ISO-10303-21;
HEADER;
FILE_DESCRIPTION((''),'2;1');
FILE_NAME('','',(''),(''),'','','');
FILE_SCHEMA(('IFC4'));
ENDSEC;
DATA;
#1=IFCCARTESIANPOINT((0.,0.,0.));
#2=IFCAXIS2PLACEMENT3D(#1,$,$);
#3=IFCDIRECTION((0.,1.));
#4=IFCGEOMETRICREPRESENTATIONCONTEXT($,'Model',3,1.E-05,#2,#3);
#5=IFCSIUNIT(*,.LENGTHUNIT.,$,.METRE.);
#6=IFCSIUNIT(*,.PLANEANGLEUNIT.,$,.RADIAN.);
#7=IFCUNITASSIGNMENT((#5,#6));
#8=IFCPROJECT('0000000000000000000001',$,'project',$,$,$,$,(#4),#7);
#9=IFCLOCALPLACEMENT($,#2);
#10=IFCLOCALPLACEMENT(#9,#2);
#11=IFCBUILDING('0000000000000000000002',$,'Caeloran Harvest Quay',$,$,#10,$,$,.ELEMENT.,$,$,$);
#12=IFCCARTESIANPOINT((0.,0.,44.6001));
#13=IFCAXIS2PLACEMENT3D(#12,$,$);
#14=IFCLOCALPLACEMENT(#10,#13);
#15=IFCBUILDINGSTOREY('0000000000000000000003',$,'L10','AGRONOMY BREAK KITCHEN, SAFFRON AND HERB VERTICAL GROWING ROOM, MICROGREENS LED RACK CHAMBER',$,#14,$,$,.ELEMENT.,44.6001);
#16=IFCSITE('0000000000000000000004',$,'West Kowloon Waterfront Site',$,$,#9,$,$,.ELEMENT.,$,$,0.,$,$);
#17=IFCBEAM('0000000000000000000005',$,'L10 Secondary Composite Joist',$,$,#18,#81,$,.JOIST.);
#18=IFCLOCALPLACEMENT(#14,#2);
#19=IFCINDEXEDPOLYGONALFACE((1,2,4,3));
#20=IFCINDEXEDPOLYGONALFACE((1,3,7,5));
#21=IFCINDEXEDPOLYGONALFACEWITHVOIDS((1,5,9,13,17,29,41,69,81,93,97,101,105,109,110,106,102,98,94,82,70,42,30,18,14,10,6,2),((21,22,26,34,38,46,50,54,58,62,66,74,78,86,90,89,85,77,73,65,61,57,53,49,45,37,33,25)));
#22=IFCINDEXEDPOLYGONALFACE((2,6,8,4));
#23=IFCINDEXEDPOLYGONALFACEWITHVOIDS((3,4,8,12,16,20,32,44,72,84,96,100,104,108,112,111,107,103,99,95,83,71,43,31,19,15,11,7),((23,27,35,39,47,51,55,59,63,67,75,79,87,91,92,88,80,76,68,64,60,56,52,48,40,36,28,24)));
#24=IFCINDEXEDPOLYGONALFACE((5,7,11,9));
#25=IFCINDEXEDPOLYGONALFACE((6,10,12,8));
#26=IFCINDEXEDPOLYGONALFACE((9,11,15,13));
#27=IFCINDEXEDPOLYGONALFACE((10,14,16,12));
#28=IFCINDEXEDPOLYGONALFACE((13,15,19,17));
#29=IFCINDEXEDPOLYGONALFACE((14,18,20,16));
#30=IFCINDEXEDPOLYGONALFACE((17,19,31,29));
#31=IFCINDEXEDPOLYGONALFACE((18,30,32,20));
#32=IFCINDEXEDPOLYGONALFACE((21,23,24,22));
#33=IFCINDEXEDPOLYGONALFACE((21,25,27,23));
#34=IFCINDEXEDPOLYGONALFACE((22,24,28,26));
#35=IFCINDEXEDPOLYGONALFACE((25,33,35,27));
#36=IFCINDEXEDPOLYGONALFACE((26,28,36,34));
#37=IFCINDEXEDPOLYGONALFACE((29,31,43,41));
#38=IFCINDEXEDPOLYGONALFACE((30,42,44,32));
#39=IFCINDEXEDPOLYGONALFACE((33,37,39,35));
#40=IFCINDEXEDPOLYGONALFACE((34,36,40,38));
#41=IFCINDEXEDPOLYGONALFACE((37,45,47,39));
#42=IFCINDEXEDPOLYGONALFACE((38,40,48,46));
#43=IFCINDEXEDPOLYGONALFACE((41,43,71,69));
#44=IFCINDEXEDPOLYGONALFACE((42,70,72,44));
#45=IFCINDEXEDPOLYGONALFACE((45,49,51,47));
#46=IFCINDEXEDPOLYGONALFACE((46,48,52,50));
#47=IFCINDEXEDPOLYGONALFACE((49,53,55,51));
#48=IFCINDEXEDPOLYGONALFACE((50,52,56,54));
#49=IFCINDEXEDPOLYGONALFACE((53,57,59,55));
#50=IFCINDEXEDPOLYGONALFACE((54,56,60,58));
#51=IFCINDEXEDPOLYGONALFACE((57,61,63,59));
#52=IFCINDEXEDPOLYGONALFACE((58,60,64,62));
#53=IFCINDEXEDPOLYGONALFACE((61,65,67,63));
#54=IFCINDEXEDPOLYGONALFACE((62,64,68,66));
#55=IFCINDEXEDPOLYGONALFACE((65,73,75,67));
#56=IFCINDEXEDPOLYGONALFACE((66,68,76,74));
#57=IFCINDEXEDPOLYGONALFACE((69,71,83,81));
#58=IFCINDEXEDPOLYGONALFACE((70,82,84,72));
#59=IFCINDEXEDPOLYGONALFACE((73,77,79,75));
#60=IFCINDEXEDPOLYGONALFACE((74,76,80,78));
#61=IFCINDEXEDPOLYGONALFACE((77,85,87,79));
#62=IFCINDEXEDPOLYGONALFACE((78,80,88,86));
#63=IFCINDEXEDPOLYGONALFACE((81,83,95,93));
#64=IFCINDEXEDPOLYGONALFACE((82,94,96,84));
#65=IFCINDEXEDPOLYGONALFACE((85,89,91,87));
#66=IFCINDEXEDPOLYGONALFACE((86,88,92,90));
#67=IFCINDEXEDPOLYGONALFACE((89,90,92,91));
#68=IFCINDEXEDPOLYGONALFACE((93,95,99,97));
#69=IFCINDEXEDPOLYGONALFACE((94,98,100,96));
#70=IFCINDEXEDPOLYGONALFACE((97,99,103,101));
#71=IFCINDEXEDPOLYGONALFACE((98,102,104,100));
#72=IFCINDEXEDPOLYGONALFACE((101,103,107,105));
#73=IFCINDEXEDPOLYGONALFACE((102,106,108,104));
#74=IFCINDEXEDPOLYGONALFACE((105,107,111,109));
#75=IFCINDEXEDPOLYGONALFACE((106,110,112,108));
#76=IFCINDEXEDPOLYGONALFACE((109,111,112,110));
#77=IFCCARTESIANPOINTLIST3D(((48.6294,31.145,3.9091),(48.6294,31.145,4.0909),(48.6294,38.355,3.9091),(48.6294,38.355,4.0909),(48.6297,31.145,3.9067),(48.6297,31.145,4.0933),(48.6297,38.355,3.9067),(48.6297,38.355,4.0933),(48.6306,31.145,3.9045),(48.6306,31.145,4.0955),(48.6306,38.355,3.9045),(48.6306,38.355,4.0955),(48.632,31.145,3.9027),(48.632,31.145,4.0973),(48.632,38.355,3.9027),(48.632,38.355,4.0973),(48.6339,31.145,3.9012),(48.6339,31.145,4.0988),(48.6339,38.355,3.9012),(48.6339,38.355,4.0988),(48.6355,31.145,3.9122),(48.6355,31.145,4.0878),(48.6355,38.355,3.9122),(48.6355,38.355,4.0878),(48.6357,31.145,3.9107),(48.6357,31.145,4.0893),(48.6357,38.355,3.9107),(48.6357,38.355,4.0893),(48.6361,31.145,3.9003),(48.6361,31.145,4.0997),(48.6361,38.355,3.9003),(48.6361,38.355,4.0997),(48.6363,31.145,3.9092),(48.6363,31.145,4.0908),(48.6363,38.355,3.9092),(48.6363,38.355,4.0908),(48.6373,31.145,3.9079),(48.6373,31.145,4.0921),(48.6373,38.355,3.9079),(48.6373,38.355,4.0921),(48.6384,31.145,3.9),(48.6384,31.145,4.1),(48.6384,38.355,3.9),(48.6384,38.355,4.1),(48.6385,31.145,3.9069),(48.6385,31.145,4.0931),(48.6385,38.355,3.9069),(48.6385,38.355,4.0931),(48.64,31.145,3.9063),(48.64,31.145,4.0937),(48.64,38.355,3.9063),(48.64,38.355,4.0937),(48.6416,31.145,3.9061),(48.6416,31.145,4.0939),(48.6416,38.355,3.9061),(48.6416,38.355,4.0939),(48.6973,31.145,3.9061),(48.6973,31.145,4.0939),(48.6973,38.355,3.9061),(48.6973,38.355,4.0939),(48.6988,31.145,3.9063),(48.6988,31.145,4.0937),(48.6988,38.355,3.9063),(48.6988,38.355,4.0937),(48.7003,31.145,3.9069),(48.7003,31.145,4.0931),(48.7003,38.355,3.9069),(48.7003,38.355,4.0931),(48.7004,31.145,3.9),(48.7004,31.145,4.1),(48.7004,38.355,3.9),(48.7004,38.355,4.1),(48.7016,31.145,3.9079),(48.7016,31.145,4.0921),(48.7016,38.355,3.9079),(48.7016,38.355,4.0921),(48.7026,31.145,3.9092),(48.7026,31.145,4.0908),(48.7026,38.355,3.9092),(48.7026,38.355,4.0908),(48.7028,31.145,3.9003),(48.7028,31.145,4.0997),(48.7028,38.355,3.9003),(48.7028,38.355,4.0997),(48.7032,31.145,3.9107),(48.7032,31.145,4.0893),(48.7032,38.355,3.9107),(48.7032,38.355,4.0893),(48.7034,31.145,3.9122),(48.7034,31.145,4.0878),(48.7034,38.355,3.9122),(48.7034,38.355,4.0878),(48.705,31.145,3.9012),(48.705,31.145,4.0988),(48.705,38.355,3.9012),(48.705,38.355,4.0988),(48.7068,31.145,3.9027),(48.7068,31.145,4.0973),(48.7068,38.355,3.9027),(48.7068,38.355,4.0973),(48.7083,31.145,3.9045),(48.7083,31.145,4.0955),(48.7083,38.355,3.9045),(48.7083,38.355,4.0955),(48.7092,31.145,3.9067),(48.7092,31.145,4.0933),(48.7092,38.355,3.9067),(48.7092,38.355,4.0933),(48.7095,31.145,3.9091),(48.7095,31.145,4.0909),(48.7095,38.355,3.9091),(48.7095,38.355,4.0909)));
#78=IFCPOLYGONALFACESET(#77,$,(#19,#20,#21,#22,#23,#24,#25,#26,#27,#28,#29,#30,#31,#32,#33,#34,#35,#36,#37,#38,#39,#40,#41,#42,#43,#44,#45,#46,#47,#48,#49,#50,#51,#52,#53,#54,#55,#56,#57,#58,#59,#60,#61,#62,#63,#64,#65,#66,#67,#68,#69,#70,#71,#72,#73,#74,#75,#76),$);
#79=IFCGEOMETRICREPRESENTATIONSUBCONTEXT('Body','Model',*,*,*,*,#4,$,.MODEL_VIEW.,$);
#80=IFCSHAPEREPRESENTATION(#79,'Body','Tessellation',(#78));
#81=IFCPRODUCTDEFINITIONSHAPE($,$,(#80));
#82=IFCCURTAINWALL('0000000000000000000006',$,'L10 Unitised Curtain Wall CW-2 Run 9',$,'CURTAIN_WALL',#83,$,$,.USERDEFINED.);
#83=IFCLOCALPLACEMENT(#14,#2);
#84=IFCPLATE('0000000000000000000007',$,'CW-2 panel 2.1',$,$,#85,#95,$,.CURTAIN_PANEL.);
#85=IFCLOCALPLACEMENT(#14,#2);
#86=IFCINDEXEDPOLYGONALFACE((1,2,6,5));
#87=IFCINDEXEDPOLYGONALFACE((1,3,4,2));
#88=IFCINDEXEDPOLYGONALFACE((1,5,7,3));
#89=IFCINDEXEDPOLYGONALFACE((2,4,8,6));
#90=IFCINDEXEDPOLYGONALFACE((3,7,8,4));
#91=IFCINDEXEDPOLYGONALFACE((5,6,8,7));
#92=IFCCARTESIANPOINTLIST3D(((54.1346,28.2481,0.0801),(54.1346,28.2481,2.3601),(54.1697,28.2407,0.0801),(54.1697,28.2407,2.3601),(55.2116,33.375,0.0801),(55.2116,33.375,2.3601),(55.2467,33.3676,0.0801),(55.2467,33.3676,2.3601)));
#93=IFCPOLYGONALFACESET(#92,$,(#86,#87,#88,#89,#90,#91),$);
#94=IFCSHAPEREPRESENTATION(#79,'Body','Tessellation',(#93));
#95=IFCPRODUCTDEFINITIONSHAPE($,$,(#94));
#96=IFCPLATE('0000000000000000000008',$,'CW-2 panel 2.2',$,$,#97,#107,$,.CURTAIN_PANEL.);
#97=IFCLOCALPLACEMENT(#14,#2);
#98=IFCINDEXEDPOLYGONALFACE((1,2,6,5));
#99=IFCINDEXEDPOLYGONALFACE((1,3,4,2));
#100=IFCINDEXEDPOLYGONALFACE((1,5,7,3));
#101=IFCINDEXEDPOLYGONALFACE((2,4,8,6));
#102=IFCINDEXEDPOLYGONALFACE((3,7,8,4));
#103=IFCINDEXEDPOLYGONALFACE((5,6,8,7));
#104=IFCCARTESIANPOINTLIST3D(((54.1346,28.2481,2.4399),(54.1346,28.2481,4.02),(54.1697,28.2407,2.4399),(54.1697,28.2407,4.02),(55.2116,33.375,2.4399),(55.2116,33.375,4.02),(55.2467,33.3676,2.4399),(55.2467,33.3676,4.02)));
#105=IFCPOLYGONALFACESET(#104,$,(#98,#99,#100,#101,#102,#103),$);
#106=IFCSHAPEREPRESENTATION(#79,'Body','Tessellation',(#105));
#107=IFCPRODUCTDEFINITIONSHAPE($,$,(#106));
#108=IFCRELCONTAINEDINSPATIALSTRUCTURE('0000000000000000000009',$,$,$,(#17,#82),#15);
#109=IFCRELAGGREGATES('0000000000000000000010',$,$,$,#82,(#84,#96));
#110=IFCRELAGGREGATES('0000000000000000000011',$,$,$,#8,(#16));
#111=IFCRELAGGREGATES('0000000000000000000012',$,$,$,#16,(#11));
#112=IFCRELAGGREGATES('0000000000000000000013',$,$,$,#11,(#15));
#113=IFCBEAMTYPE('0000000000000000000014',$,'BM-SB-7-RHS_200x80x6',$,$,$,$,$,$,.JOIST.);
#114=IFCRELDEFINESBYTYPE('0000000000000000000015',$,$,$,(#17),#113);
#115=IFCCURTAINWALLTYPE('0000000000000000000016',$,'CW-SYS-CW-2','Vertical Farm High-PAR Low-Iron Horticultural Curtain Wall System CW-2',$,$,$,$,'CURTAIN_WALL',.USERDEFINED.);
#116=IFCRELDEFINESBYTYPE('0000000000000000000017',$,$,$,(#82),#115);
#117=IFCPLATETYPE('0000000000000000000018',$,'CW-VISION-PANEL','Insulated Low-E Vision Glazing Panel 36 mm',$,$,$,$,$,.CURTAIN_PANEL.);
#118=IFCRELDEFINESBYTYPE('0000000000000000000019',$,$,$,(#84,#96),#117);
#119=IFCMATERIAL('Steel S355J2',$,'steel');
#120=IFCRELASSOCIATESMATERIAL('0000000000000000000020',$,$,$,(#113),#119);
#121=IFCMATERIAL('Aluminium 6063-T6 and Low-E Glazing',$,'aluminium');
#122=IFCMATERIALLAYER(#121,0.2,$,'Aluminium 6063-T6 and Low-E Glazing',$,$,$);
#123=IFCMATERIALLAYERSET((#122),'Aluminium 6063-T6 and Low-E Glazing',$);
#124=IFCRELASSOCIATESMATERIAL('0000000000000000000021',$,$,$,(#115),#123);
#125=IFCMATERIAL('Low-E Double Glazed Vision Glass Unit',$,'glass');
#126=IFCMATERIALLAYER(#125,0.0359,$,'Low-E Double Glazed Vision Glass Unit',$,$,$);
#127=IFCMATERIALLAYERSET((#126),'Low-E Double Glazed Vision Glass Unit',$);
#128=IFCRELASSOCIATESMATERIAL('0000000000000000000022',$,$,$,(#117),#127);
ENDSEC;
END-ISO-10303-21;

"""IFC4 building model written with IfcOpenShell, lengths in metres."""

from ifc_helpers import new_model, si_unit, direction, frame, origin, origin_2d, place, context, subcontext, project, spatial, rectangle, hollow_rectangle, extrude, material, layer, layer_set, material_profile, profile_set, type_object, element, aggregate, save


model = new_model("IFC4")

# Units and contexts
model_context = context("Model", 3, precision=1e-05, world=origin(), true_north=direction((0.0, 1.0)))
body_context = subcontext(model_context, "Body", "Model", "MODEL_VIEW")
ifc_project = project(units=[si_unit("LENGTHUNIT", "METRE"), si_unit("PLANEANGLEUNIT", "RADIAN")], contexts=[model_context])

# Site, building, storey
site_placement = place(None, origin())
site = spatial("IfcSite", under=ifc_project, at=site_placement, Name="West Kowloon Waterfront Site", CompositionType="ELEMENT", RefElevation=0.0)
building_placement = place(site_placement, origin())
building = spatial("IfcBuilding", under=site, at=building_placement, Name="Caeloran Harvest Quay", CompositionType="ELEMENT")
storey_placement = place(building_placement, frame((0.0, 0.0, 44.6001)))
storey = spatial("IfcBuildingStorey", under=building, at=storey_placement, Name="L10", Description="AGRONOMY BREAK KITCHEN, SAFFRON AND HERB VERTICAL GROWING ROOM, MICROGREENS LED RACK CHAMBER", CompositionType="ELEMENT", Elevation=44.6001)

# Beam
ifc_material_1 = material(Name="Steel S355J2", Category="steel")
ifc_material_profile_1 = material_profile(ifc_material_1, hollow_rectangle(XDim=0.0801, YDim=0.2, WallThickness=0.0061, InnerFilletRadius=0.0061, OuterFilletRadius=0.009, at=origin_2d()), Name="RHS 200x80x6")
ifc_profile_set_1 = profile_set([ifc_material_profile_1], Name="Steel S355J2")
beam_type_1 = type_object("IfcBeamType", Name="BM-SB-7-RHS_200x80x6", PredefinedType="JOIST", material=ifc_profile_set_1)
for number, where, z_axis, x_axis, name in (
    (1, (48.6694, 31.145, 4.0), (0.0, 1.0, 0.0), (-1.0, 0.0, 0.0), "L10 Secondary Composite Joist"),
):
    element("IfcBeam", number, at=place(storey_placement, frame(where, z_axis=z_axis, x_axis=x_axis)), inside=storey, type_object=beam_type_1, Name=name, PredefinedType="JOIST", context=body_context, shape_type="SweptSolid", body=[
        extrude(hollow_rectangle(XDim=0.0801, YDim=0.2, WallThickness=0.0061, InnerFilletRadius=0.0061, OuterFilletRadius=0.009, at=origin_2d()), origin(), (0.0, 0.0, 1.0), 7.21),
    ])

# Curtain wall, plates
ifc_material_2 = material(Name="Aluminium 6063-T6 and Low-E Glazing", Category="aluminium")
ifc_layer_1 = layer(ifc_material_2, 0.2, Name="Aluminium 6063-T6 and Low-E Glazing")
ifc_layer_set_1 = layer_set([ifc_layer_1], Name="Aluminium 6063-T6 and Low-E Glazing")
curtain_wall_type = type_object("IfcCurtainWallType", Name="CW-SYS-CW-2", Description="Vertical Farm High-PAR Low-Iron Horticultural Curtain Wall System CW-2", ElementType="CURTAIN_WALL", PredefinedType="USERDEFINED", material=ifc_layer_set_1)
curtain_wall_placement = place(storey_placement, origin())
curtain_wall = element("IfcCurtainWall", 2, at=curtain_wall_placement, inside=storey, type_object=curtain_wall_type, Name="L10 Unitised Curtain Wall CW-2 Run 9", ObjectType="CURTAIN_WALL", PredefinedType="USERDEFINED")
ifc_material_3 = material(Name="Low-E Double Glazed Vision Glass Unit", Category="glass")
ifc_layer_2 = layer(ifc_material_3, 0.0359, Name="Low-E Double Glazed Vision Glass Unit")
ifc_layer_set_2 = layer_set([ifc_layer_2], Name="Low-E Double Glazed Vision Glass Unit")
plate_type = type_object("IfcPlateType", Name="CW-VISION-PANEL", Description="Insulated Low-E Vision Glazing Panel 36 mm", PredefinedType="CURTAIN_PANEL", material=ifc_layer_set_2)
plate_1_placement = place(storey_placement, frame((54.6907, 30.8079, 0.0801), z_axis=(0.0, 0.0, 1.0), x_axis=(-0.205583, -0.97864, 0.0)))
plate_1 = element("IfcPlate", 3, at=plate_1_placement, type_object=plate_type, Name="CW-2 panel 2.1", PredefinedType="CURTAIN_PANEL", context=body_context, shape_type="SweptSolid", body=[
    extrude(rectangle(XDim=5.2388, YDim=0.0359, at=origin_2d()), origin(), (0.0, 0.0, 1.0), 2.28),
])
plate_2_placement = place(storey_placement, frame((54.6907, 30.8079, 2.4399), z_axis=(0.0, 0.0, 1.0), x_axis=(-0.205583, -0.97864, 0.0)))
plate_2 = element("IfcPlate", 4, at=plate_2_placement, type_object=plate_type, Name="CW-2 panel 2.2", PredefinedType="CURTAIN_PANEL", context=body_context, shape_type="SweptSolid", body=[
    extrude(rectangle(XDim=5.2388, YDim=0.0359, at=origin_2d()), origin(), (0.0, 0.0, 1.0), 1.5801),
])
aggregate(curtain_wall, [plate_1, plate_2])

save(model, "model.ifc")
